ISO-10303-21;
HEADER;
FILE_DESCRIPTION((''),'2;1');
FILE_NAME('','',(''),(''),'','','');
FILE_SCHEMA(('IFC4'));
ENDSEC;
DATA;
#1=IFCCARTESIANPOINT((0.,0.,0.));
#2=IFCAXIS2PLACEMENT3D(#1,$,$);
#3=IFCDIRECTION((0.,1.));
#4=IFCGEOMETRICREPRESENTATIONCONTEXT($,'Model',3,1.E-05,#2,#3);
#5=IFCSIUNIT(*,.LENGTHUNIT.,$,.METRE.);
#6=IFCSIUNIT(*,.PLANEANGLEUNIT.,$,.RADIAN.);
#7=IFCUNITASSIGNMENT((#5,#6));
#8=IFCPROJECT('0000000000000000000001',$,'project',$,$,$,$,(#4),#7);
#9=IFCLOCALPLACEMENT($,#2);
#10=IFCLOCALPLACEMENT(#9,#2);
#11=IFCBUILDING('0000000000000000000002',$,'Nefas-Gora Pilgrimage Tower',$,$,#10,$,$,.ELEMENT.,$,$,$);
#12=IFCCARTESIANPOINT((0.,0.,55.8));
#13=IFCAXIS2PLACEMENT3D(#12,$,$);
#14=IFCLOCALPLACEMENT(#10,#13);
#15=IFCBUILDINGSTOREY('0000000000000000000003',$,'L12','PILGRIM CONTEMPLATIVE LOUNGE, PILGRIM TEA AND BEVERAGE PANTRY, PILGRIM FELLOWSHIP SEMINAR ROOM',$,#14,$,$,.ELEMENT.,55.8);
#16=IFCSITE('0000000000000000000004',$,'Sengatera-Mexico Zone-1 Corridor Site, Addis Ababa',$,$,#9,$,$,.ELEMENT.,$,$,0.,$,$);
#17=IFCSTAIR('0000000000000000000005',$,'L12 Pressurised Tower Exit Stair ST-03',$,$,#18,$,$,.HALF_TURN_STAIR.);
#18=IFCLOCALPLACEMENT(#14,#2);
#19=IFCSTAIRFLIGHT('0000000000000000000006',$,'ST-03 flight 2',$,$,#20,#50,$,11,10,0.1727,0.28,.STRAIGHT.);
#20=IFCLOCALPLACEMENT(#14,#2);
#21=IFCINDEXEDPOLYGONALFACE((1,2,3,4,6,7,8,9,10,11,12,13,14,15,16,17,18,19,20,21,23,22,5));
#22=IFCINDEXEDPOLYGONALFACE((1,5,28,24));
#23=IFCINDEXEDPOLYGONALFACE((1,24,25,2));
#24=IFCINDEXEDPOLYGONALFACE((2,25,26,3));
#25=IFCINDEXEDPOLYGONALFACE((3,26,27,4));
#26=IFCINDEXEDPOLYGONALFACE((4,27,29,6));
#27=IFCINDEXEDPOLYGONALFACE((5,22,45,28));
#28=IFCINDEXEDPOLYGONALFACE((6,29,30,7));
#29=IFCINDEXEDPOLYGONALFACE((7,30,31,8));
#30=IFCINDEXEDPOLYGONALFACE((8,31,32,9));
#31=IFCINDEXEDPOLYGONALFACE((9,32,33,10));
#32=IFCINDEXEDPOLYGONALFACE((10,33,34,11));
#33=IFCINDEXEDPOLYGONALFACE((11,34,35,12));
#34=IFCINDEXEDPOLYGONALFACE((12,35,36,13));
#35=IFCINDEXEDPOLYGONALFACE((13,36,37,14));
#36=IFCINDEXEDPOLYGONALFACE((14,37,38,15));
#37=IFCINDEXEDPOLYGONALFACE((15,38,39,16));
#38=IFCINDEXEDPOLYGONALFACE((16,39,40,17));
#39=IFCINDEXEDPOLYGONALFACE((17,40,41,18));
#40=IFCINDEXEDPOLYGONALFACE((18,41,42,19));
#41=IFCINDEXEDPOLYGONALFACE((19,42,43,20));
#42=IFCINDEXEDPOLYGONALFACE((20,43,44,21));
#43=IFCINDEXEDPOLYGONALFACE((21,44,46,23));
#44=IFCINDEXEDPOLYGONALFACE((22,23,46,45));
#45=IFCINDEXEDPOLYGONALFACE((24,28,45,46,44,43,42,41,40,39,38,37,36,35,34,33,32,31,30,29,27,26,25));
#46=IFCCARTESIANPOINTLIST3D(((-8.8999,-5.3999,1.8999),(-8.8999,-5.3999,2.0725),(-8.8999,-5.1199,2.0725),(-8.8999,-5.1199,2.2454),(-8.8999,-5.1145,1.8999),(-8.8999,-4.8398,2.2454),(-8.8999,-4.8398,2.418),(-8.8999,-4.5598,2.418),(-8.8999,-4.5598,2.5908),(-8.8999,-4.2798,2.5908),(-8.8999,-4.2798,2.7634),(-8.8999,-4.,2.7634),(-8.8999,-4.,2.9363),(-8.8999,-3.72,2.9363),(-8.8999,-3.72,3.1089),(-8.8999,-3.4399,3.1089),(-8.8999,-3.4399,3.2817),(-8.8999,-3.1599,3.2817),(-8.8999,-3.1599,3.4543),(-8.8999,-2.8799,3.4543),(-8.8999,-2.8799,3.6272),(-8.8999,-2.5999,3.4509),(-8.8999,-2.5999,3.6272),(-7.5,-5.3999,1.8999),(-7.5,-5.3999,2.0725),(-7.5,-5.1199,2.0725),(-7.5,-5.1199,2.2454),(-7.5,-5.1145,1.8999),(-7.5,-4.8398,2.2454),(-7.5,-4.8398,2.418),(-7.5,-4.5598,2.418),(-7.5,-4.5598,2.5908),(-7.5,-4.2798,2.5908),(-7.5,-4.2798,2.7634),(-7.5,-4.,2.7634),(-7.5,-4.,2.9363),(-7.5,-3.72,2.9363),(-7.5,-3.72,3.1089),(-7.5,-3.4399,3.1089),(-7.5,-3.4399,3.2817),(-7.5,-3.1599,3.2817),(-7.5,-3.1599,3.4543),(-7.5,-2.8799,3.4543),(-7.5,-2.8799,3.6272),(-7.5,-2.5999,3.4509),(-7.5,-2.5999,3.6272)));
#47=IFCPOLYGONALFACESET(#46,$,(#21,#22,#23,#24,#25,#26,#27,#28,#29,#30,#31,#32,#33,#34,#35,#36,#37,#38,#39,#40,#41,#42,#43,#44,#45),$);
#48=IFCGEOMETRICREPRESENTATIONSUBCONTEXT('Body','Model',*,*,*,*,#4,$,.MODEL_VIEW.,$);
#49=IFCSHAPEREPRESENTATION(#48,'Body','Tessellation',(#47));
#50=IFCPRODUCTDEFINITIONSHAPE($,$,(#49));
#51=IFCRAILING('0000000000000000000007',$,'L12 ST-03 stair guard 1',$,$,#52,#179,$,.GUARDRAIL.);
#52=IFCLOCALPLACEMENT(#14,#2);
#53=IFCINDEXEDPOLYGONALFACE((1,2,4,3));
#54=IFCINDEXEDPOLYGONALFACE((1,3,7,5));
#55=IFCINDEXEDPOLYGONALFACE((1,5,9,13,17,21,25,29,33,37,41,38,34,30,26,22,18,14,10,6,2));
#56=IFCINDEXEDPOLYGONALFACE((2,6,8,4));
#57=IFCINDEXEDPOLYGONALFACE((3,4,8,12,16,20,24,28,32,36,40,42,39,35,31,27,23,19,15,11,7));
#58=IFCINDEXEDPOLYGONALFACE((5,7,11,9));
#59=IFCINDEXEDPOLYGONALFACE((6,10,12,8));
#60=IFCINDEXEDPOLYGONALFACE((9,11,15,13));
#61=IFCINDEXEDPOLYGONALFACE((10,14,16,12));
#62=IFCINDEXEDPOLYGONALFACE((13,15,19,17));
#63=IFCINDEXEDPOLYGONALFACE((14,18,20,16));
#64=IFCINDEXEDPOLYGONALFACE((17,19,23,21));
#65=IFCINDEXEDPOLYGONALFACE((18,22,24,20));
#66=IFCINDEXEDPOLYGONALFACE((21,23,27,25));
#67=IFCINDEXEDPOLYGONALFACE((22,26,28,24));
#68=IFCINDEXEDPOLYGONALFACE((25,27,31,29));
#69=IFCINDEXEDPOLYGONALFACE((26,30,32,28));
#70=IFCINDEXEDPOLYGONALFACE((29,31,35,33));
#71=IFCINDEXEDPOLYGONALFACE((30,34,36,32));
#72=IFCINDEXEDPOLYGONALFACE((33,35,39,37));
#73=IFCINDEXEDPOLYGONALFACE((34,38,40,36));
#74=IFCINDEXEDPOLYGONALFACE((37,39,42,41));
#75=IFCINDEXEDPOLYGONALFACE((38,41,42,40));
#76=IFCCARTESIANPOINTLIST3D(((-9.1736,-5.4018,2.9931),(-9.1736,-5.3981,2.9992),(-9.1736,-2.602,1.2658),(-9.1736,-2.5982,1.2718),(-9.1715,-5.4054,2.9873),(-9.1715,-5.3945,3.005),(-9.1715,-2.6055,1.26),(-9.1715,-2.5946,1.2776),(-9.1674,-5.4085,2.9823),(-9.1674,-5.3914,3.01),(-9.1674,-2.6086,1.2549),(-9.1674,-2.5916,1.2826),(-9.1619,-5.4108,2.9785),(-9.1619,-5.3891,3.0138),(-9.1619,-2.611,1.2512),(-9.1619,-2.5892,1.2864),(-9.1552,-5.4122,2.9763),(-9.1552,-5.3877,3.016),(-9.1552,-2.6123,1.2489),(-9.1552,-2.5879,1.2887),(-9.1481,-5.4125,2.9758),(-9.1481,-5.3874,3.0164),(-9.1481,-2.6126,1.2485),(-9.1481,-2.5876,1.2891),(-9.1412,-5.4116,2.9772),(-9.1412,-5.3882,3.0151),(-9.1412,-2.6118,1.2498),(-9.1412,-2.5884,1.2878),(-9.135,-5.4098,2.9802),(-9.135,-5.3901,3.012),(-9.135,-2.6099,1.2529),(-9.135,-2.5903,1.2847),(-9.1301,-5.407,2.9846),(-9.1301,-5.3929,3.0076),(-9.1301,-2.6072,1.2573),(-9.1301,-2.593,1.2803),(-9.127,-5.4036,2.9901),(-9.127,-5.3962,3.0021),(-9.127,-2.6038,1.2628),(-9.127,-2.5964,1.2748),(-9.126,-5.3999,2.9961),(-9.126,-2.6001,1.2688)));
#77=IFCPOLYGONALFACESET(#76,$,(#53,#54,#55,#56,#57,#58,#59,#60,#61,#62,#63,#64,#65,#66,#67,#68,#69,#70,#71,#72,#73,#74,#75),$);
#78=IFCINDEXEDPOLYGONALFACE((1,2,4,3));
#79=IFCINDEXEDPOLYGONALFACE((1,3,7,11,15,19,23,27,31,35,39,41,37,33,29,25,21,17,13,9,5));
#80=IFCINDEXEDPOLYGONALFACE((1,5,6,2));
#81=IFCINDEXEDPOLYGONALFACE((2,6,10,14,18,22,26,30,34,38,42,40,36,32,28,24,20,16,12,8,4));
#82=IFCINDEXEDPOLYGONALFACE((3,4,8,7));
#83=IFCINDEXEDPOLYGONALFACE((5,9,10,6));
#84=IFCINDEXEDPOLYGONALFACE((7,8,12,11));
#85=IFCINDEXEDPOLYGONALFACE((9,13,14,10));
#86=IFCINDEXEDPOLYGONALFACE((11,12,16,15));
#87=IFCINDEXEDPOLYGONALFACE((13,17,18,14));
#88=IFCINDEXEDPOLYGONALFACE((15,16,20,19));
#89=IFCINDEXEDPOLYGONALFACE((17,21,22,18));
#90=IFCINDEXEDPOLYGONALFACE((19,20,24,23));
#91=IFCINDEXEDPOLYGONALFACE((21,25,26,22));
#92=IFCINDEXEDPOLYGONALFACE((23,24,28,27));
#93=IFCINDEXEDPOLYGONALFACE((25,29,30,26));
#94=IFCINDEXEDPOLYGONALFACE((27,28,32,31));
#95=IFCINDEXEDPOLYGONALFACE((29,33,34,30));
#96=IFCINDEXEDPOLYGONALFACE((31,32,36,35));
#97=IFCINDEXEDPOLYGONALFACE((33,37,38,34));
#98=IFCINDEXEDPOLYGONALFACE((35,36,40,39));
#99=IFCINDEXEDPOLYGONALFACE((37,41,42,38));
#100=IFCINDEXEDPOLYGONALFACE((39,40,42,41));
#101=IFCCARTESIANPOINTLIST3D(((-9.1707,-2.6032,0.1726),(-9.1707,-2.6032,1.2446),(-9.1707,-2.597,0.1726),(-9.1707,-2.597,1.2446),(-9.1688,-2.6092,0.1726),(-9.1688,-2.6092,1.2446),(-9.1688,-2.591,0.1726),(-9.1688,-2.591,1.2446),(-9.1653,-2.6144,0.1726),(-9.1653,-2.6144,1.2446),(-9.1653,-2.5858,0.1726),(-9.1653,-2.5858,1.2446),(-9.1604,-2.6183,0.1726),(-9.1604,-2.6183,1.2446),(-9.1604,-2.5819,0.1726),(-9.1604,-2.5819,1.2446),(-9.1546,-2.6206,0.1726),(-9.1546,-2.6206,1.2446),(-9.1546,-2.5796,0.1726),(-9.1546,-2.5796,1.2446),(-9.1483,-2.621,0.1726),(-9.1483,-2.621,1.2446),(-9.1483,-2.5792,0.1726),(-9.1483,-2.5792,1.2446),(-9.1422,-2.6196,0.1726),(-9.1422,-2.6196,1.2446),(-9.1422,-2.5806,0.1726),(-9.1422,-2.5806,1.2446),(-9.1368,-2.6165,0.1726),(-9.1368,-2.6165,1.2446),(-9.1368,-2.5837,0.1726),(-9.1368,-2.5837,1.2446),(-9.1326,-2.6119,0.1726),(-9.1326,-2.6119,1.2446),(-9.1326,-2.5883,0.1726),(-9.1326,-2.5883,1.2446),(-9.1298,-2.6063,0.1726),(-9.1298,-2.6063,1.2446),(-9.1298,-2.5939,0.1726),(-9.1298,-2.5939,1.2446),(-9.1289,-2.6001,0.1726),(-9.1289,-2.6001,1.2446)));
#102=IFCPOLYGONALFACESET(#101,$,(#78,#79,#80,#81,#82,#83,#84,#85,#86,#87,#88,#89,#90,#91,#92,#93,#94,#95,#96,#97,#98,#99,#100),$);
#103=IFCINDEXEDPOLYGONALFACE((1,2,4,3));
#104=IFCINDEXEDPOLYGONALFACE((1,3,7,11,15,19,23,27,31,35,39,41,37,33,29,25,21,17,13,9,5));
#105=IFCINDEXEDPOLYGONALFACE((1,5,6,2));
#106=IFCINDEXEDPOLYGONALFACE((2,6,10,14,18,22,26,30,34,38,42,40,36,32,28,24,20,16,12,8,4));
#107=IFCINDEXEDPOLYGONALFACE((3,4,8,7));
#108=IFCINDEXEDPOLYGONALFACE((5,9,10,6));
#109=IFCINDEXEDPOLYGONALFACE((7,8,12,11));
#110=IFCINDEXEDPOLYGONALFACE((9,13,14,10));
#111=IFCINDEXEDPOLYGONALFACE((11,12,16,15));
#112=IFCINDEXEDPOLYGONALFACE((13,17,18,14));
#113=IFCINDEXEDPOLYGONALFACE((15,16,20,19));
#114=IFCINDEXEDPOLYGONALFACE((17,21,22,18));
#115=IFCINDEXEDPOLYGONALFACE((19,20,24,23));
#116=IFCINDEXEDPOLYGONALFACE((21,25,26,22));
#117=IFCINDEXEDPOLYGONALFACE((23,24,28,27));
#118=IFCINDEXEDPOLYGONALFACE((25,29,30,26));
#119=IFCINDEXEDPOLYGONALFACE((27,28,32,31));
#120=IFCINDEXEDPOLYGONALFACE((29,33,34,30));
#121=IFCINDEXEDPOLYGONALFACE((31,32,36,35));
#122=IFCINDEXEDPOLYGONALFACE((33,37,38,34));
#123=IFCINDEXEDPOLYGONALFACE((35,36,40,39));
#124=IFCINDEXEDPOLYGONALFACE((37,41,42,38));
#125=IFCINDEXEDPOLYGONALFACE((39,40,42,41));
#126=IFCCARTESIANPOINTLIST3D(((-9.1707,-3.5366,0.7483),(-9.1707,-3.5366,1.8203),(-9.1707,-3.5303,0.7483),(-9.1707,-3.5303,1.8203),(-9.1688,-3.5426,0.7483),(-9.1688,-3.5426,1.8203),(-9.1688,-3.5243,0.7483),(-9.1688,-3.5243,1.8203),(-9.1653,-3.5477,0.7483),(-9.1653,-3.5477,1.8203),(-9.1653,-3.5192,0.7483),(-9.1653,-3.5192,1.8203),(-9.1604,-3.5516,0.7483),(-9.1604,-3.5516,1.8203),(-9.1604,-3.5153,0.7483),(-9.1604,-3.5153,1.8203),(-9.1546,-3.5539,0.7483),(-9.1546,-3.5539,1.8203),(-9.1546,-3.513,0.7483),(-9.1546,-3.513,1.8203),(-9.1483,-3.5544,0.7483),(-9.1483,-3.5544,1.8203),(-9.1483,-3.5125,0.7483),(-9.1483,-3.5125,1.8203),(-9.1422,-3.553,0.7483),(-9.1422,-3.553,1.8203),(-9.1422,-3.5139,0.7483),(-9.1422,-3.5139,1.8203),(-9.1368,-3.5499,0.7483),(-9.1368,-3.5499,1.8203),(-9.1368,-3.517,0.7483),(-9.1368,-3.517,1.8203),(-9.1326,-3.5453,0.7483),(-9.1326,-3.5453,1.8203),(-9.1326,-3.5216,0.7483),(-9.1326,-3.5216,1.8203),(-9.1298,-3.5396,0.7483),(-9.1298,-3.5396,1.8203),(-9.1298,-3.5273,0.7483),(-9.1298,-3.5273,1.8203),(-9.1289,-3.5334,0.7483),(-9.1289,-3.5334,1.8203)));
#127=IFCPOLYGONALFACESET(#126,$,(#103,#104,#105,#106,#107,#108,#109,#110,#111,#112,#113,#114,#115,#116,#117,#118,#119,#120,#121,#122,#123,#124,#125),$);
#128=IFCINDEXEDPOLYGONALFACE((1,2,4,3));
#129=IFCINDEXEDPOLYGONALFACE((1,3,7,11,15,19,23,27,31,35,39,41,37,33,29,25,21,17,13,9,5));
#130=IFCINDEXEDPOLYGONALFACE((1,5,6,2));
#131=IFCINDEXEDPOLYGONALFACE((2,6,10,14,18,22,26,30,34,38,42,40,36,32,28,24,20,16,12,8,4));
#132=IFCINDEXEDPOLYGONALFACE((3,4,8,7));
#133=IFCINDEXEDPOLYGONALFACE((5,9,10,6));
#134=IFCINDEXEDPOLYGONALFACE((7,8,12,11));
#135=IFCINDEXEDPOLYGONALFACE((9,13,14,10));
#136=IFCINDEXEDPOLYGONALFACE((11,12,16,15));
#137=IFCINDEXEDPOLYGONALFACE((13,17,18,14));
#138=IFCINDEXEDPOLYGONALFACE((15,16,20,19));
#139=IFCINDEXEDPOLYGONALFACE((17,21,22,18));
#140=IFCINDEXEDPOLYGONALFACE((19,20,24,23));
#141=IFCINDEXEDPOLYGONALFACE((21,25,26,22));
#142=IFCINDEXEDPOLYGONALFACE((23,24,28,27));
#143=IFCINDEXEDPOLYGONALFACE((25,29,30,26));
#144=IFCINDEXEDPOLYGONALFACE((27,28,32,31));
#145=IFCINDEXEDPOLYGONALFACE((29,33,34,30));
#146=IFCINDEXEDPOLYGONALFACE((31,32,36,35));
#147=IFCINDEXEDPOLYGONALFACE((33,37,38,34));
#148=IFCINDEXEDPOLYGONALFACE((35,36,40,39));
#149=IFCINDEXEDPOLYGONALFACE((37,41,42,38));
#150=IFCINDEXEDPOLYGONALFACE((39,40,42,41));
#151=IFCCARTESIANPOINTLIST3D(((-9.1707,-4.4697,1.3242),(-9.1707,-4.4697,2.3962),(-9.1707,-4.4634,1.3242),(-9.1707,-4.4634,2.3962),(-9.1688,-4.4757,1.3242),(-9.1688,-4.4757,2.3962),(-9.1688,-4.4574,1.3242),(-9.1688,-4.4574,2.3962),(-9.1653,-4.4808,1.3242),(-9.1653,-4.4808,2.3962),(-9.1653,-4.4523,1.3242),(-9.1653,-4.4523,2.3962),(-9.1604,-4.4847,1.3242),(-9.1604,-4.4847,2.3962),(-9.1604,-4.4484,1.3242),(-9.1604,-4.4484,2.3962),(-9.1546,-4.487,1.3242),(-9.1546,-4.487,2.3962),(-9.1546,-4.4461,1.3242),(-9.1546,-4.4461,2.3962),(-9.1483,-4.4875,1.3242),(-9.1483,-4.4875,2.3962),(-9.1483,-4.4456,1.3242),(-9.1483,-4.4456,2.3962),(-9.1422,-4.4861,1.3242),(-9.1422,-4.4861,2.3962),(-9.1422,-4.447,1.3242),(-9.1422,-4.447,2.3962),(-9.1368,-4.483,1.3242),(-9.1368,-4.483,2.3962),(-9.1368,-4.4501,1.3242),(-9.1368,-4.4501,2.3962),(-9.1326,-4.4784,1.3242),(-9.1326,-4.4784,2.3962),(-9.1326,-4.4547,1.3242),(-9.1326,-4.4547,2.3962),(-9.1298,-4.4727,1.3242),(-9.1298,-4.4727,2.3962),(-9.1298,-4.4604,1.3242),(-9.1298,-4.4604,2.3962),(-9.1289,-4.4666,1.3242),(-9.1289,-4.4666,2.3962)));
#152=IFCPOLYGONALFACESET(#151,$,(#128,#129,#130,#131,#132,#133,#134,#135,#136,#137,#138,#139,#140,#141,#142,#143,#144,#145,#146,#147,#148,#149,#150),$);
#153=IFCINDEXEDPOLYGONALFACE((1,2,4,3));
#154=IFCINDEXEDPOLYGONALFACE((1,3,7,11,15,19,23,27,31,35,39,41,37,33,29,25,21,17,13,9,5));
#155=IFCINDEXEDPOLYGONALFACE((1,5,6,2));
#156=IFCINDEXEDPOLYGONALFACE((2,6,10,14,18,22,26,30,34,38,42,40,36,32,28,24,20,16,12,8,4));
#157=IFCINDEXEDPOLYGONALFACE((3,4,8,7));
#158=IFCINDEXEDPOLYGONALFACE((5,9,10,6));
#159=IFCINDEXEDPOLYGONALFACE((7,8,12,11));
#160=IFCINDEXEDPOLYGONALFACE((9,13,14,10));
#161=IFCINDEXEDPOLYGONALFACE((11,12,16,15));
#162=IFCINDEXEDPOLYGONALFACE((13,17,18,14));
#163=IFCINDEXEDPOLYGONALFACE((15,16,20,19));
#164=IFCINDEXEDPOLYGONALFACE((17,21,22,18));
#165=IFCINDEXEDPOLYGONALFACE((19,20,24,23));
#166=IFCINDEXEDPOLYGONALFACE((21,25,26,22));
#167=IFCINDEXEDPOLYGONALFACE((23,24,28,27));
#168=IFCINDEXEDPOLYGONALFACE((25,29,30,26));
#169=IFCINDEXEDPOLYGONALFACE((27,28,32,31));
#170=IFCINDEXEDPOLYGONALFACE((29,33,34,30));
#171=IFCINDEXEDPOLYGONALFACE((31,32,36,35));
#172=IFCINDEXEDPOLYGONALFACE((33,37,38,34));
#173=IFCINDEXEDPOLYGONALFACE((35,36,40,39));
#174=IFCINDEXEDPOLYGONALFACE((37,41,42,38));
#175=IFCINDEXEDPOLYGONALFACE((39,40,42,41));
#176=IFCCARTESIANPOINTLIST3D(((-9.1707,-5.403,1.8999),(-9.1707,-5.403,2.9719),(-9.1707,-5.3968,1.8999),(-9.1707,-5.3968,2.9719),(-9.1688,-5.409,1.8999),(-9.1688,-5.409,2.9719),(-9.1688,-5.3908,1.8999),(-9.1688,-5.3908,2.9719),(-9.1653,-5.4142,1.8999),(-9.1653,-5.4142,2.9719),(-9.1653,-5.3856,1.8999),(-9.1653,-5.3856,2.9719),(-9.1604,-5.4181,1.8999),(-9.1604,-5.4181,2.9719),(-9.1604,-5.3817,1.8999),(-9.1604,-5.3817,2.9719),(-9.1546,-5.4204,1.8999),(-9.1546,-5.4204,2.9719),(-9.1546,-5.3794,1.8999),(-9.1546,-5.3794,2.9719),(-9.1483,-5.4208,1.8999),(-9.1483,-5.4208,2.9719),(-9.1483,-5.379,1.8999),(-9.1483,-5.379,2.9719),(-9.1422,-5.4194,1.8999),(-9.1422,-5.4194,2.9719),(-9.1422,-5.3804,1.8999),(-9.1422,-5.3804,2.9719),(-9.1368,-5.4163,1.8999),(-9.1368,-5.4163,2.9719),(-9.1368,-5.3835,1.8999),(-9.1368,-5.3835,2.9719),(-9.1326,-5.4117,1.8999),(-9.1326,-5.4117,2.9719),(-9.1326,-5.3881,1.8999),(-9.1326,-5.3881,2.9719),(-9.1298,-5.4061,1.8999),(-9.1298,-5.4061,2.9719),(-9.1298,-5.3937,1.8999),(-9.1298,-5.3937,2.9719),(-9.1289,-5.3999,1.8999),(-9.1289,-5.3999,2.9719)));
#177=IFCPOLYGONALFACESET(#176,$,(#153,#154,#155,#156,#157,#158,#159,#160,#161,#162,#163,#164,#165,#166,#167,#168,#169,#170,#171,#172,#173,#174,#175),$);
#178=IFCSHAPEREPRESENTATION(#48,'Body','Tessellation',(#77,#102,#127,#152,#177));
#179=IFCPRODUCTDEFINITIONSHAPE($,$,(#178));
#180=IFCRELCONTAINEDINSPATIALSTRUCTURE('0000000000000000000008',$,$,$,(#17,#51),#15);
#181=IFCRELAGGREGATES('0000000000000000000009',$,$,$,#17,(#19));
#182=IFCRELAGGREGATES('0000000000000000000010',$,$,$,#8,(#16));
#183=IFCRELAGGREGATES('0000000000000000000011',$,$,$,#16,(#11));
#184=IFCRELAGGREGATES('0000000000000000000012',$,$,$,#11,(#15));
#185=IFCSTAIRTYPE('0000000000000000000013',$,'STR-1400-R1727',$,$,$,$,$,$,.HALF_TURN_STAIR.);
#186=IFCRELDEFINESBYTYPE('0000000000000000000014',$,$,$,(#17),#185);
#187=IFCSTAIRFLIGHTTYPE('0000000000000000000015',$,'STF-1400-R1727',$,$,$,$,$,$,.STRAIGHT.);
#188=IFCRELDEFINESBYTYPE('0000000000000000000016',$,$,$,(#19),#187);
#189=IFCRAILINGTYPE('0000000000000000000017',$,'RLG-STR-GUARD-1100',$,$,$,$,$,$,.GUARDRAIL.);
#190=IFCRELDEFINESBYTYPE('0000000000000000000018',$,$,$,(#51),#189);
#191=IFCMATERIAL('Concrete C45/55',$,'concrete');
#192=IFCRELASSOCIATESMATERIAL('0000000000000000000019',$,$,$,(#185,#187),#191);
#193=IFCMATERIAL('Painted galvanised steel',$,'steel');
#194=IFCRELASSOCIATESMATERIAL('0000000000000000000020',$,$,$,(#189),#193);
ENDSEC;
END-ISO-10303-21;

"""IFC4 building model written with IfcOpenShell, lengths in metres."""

from ifc_helpers import new_model, si_unit, direction, frame, origin, origin_2d, place, context, subcontext, project, spatial, polyline, circle, outline, extrude, source, transform, mapped, material, type_object, element, aggregate, save


model = new_model("IFC4")

# Units and contexts
model_context = context("Model", 3, precision=1e-05, world=origin(), true_north=direction((0.0, 1.0)))
body_context = subcontext(model_context, "Body", "Model", "MODEL_VIEW")
ifc_project = project(units=[si_unit("LENGTHUNIT", "METRE"), si_unit("PLANEANGLEUNIT", "RADIAN")], contexts=[model_context])

# Site, building, storey
site_placement = place(None, origin())
site = spatial("IfcSite", under=ifc_project, at=site_placement, Name="Sengatera-Mexico Zone-1 Corridor Site, Addis Ababa", CompositionType="ELEMENT", RefElevation=0.0)
building_placement = place(site_placement, origin())
building = spatial("IfcBuilding", under=site, at=building_placement, Name="Nefas-Gora Pilgrimage Tower", CompositionType="ELEMENT")
storey_placement = place(building_placement, frame((0.0, 0.0, 55.8)))
storey = spatial("IfcBuildingStorey", under=building, at=storey_placement, Name="L12", Description="PILGRIM CONTEMPLATIVE LOUNGE, PILGRIM TEA AND BEVERAGE PANTRY, PILGRIM FELLOWSHIP SEMINAR ROOM", CompositionType="ELEMENT", Elevation=55.8)

# Shared definitions
ifc_material_1 = material(Name="Concrete C45/55", Category="concrete")

# Stair, stair flight
stair_type = type_object("IfcStairType", Name="STR-1400-R1727", PredefinedType="HALF_TURN_STAIR", material=ifc_material_1)
stair_placement = place(storey_placement, origin())
stair = element("IfcStair", 1, at=stair_placement, inside=storey, type_object=stair_type, Name="L12 Pressurised Tower Exit Stair ST-03", PredefinedType="HALF_TURN_STAIR")
stair_flight_type = type_object("IfcStairFlightType", Name="STF-1400-R1727", PredefinedType="STRAIGHT", material=ifc_material_1)
shared_shape_1 = source(origin(), body_context, "Body", "SweptSolid", [
    extrude(outline(polyline([(0.0, 0.0), (0.0, 0.1726), (0.28, 0.1726), (0.28, 0.3455), (0.5601, 0.3455), (0.5601, 0.5181), (0.8401, 0.5181), (0.8401, 0.6909), (1.1201, 0.6909), (1.1201, 0.8635), (1.3999, 0.8635), (1.3999, 1.0364), (1.6799, 1.0364), (1.6799, 1.209), (1.96, 1.209), (1.96, 1.3818), (2.24, 1.3818), (2.24, 1.5544), (2.52, 1.5544), (2.52, 1.7273), (2.8, 1.7273), (2.8, 1.8999), (2.8, 1.551), (0.2854, 0.0), (0.0, 0.0)])), frame((0.0, 0.7, 0.0), z_axis=(0.0, -1.0, 0.0), x_axis=(1.0, 0.0, 0.0)), (0.0, 0.0, 1.0), 1.3999),
])
stair_flight_1_placement = place(storey_placement, frame((-8.2, -5.3999, 1.8999), z_axis=(0.0, 0.0, 1.0), x_axis=(0.0, 1.0, 0.0)))
stair_flight_1 = element("IfcStairFlight", 2, at=stair_flight_1_placement, type_object=stair_flight_type, Name="ST-03 flight 2", NumberOfRisers=11, NumberOfTreads=10, PredefinedType="STRAIGHT", RiserHeight=0.1727, TreadLength=0.28, context=body_context, shape_type="MappedRepresentation", body=[
    mapped(shared_shape_1, transform((0.0, 0.0, 0.0), x_axis=(1.0, 0.0, 0.0), y_axis=(0.0, 1.0, 0.0), z_axis=(0.0, 0.0, 1.0), scale=1.0)),
])
aggregate(stair, [stair_flight_1])

# Railing
ifc_material_2 = material(Name="Painted galvanised steel", Category="steel")
railing_type_1 = type_object("IfcRailingType", Name="RLG-STR-GUARD-1100", PredefinedType="GUARDRAIL", material=ifc_material_2)
railing_1_placement = place(storey_placement, frame((-9.1499, -2.6001, 0.1726)))
element("IfcRailing", 3, at=railing_1_placement, inside=storey, type_object=railing_type_1, Name="L12 ST-03 stair guard 1", PredefinedType="GUARDRAIL", context=body_context, shape_type="SweptSolid", body=[
    extrude(circle(Radius=0.0239, at=origin_2d()), frame((0.0, 0.0, 1.0962), z_axis=(0.0, -0.851069, 0.525054), x_axis=(1.0, 0.0, 0.0)), (0.0, 0.0, 1.0), 3.2898),
    extrude(circle(Radius=0.021, at=origin_2d()), origin(), (0.0, 0.0, 1.0), 1.072),
    extrude(circle(Radius=0.021, at=origin_2d()), frame((0.0, -0.9333, 0.5757)), (0.0, 0.0, 1.0), 1.072),
    extrude(circle(Radius=0.021, at=origin_2d()), frame((0.0, -1.8665, 1.1516)), (0.0, 0.0, 1.0), 1.072),
    extrude(circle(Radius=0.021, at=origin_2d()), frame((0.0, -2.7998, 1.7273)), (0.0, 0.0, 1.0), 1.072),
])

save(model, "model.ifc")
